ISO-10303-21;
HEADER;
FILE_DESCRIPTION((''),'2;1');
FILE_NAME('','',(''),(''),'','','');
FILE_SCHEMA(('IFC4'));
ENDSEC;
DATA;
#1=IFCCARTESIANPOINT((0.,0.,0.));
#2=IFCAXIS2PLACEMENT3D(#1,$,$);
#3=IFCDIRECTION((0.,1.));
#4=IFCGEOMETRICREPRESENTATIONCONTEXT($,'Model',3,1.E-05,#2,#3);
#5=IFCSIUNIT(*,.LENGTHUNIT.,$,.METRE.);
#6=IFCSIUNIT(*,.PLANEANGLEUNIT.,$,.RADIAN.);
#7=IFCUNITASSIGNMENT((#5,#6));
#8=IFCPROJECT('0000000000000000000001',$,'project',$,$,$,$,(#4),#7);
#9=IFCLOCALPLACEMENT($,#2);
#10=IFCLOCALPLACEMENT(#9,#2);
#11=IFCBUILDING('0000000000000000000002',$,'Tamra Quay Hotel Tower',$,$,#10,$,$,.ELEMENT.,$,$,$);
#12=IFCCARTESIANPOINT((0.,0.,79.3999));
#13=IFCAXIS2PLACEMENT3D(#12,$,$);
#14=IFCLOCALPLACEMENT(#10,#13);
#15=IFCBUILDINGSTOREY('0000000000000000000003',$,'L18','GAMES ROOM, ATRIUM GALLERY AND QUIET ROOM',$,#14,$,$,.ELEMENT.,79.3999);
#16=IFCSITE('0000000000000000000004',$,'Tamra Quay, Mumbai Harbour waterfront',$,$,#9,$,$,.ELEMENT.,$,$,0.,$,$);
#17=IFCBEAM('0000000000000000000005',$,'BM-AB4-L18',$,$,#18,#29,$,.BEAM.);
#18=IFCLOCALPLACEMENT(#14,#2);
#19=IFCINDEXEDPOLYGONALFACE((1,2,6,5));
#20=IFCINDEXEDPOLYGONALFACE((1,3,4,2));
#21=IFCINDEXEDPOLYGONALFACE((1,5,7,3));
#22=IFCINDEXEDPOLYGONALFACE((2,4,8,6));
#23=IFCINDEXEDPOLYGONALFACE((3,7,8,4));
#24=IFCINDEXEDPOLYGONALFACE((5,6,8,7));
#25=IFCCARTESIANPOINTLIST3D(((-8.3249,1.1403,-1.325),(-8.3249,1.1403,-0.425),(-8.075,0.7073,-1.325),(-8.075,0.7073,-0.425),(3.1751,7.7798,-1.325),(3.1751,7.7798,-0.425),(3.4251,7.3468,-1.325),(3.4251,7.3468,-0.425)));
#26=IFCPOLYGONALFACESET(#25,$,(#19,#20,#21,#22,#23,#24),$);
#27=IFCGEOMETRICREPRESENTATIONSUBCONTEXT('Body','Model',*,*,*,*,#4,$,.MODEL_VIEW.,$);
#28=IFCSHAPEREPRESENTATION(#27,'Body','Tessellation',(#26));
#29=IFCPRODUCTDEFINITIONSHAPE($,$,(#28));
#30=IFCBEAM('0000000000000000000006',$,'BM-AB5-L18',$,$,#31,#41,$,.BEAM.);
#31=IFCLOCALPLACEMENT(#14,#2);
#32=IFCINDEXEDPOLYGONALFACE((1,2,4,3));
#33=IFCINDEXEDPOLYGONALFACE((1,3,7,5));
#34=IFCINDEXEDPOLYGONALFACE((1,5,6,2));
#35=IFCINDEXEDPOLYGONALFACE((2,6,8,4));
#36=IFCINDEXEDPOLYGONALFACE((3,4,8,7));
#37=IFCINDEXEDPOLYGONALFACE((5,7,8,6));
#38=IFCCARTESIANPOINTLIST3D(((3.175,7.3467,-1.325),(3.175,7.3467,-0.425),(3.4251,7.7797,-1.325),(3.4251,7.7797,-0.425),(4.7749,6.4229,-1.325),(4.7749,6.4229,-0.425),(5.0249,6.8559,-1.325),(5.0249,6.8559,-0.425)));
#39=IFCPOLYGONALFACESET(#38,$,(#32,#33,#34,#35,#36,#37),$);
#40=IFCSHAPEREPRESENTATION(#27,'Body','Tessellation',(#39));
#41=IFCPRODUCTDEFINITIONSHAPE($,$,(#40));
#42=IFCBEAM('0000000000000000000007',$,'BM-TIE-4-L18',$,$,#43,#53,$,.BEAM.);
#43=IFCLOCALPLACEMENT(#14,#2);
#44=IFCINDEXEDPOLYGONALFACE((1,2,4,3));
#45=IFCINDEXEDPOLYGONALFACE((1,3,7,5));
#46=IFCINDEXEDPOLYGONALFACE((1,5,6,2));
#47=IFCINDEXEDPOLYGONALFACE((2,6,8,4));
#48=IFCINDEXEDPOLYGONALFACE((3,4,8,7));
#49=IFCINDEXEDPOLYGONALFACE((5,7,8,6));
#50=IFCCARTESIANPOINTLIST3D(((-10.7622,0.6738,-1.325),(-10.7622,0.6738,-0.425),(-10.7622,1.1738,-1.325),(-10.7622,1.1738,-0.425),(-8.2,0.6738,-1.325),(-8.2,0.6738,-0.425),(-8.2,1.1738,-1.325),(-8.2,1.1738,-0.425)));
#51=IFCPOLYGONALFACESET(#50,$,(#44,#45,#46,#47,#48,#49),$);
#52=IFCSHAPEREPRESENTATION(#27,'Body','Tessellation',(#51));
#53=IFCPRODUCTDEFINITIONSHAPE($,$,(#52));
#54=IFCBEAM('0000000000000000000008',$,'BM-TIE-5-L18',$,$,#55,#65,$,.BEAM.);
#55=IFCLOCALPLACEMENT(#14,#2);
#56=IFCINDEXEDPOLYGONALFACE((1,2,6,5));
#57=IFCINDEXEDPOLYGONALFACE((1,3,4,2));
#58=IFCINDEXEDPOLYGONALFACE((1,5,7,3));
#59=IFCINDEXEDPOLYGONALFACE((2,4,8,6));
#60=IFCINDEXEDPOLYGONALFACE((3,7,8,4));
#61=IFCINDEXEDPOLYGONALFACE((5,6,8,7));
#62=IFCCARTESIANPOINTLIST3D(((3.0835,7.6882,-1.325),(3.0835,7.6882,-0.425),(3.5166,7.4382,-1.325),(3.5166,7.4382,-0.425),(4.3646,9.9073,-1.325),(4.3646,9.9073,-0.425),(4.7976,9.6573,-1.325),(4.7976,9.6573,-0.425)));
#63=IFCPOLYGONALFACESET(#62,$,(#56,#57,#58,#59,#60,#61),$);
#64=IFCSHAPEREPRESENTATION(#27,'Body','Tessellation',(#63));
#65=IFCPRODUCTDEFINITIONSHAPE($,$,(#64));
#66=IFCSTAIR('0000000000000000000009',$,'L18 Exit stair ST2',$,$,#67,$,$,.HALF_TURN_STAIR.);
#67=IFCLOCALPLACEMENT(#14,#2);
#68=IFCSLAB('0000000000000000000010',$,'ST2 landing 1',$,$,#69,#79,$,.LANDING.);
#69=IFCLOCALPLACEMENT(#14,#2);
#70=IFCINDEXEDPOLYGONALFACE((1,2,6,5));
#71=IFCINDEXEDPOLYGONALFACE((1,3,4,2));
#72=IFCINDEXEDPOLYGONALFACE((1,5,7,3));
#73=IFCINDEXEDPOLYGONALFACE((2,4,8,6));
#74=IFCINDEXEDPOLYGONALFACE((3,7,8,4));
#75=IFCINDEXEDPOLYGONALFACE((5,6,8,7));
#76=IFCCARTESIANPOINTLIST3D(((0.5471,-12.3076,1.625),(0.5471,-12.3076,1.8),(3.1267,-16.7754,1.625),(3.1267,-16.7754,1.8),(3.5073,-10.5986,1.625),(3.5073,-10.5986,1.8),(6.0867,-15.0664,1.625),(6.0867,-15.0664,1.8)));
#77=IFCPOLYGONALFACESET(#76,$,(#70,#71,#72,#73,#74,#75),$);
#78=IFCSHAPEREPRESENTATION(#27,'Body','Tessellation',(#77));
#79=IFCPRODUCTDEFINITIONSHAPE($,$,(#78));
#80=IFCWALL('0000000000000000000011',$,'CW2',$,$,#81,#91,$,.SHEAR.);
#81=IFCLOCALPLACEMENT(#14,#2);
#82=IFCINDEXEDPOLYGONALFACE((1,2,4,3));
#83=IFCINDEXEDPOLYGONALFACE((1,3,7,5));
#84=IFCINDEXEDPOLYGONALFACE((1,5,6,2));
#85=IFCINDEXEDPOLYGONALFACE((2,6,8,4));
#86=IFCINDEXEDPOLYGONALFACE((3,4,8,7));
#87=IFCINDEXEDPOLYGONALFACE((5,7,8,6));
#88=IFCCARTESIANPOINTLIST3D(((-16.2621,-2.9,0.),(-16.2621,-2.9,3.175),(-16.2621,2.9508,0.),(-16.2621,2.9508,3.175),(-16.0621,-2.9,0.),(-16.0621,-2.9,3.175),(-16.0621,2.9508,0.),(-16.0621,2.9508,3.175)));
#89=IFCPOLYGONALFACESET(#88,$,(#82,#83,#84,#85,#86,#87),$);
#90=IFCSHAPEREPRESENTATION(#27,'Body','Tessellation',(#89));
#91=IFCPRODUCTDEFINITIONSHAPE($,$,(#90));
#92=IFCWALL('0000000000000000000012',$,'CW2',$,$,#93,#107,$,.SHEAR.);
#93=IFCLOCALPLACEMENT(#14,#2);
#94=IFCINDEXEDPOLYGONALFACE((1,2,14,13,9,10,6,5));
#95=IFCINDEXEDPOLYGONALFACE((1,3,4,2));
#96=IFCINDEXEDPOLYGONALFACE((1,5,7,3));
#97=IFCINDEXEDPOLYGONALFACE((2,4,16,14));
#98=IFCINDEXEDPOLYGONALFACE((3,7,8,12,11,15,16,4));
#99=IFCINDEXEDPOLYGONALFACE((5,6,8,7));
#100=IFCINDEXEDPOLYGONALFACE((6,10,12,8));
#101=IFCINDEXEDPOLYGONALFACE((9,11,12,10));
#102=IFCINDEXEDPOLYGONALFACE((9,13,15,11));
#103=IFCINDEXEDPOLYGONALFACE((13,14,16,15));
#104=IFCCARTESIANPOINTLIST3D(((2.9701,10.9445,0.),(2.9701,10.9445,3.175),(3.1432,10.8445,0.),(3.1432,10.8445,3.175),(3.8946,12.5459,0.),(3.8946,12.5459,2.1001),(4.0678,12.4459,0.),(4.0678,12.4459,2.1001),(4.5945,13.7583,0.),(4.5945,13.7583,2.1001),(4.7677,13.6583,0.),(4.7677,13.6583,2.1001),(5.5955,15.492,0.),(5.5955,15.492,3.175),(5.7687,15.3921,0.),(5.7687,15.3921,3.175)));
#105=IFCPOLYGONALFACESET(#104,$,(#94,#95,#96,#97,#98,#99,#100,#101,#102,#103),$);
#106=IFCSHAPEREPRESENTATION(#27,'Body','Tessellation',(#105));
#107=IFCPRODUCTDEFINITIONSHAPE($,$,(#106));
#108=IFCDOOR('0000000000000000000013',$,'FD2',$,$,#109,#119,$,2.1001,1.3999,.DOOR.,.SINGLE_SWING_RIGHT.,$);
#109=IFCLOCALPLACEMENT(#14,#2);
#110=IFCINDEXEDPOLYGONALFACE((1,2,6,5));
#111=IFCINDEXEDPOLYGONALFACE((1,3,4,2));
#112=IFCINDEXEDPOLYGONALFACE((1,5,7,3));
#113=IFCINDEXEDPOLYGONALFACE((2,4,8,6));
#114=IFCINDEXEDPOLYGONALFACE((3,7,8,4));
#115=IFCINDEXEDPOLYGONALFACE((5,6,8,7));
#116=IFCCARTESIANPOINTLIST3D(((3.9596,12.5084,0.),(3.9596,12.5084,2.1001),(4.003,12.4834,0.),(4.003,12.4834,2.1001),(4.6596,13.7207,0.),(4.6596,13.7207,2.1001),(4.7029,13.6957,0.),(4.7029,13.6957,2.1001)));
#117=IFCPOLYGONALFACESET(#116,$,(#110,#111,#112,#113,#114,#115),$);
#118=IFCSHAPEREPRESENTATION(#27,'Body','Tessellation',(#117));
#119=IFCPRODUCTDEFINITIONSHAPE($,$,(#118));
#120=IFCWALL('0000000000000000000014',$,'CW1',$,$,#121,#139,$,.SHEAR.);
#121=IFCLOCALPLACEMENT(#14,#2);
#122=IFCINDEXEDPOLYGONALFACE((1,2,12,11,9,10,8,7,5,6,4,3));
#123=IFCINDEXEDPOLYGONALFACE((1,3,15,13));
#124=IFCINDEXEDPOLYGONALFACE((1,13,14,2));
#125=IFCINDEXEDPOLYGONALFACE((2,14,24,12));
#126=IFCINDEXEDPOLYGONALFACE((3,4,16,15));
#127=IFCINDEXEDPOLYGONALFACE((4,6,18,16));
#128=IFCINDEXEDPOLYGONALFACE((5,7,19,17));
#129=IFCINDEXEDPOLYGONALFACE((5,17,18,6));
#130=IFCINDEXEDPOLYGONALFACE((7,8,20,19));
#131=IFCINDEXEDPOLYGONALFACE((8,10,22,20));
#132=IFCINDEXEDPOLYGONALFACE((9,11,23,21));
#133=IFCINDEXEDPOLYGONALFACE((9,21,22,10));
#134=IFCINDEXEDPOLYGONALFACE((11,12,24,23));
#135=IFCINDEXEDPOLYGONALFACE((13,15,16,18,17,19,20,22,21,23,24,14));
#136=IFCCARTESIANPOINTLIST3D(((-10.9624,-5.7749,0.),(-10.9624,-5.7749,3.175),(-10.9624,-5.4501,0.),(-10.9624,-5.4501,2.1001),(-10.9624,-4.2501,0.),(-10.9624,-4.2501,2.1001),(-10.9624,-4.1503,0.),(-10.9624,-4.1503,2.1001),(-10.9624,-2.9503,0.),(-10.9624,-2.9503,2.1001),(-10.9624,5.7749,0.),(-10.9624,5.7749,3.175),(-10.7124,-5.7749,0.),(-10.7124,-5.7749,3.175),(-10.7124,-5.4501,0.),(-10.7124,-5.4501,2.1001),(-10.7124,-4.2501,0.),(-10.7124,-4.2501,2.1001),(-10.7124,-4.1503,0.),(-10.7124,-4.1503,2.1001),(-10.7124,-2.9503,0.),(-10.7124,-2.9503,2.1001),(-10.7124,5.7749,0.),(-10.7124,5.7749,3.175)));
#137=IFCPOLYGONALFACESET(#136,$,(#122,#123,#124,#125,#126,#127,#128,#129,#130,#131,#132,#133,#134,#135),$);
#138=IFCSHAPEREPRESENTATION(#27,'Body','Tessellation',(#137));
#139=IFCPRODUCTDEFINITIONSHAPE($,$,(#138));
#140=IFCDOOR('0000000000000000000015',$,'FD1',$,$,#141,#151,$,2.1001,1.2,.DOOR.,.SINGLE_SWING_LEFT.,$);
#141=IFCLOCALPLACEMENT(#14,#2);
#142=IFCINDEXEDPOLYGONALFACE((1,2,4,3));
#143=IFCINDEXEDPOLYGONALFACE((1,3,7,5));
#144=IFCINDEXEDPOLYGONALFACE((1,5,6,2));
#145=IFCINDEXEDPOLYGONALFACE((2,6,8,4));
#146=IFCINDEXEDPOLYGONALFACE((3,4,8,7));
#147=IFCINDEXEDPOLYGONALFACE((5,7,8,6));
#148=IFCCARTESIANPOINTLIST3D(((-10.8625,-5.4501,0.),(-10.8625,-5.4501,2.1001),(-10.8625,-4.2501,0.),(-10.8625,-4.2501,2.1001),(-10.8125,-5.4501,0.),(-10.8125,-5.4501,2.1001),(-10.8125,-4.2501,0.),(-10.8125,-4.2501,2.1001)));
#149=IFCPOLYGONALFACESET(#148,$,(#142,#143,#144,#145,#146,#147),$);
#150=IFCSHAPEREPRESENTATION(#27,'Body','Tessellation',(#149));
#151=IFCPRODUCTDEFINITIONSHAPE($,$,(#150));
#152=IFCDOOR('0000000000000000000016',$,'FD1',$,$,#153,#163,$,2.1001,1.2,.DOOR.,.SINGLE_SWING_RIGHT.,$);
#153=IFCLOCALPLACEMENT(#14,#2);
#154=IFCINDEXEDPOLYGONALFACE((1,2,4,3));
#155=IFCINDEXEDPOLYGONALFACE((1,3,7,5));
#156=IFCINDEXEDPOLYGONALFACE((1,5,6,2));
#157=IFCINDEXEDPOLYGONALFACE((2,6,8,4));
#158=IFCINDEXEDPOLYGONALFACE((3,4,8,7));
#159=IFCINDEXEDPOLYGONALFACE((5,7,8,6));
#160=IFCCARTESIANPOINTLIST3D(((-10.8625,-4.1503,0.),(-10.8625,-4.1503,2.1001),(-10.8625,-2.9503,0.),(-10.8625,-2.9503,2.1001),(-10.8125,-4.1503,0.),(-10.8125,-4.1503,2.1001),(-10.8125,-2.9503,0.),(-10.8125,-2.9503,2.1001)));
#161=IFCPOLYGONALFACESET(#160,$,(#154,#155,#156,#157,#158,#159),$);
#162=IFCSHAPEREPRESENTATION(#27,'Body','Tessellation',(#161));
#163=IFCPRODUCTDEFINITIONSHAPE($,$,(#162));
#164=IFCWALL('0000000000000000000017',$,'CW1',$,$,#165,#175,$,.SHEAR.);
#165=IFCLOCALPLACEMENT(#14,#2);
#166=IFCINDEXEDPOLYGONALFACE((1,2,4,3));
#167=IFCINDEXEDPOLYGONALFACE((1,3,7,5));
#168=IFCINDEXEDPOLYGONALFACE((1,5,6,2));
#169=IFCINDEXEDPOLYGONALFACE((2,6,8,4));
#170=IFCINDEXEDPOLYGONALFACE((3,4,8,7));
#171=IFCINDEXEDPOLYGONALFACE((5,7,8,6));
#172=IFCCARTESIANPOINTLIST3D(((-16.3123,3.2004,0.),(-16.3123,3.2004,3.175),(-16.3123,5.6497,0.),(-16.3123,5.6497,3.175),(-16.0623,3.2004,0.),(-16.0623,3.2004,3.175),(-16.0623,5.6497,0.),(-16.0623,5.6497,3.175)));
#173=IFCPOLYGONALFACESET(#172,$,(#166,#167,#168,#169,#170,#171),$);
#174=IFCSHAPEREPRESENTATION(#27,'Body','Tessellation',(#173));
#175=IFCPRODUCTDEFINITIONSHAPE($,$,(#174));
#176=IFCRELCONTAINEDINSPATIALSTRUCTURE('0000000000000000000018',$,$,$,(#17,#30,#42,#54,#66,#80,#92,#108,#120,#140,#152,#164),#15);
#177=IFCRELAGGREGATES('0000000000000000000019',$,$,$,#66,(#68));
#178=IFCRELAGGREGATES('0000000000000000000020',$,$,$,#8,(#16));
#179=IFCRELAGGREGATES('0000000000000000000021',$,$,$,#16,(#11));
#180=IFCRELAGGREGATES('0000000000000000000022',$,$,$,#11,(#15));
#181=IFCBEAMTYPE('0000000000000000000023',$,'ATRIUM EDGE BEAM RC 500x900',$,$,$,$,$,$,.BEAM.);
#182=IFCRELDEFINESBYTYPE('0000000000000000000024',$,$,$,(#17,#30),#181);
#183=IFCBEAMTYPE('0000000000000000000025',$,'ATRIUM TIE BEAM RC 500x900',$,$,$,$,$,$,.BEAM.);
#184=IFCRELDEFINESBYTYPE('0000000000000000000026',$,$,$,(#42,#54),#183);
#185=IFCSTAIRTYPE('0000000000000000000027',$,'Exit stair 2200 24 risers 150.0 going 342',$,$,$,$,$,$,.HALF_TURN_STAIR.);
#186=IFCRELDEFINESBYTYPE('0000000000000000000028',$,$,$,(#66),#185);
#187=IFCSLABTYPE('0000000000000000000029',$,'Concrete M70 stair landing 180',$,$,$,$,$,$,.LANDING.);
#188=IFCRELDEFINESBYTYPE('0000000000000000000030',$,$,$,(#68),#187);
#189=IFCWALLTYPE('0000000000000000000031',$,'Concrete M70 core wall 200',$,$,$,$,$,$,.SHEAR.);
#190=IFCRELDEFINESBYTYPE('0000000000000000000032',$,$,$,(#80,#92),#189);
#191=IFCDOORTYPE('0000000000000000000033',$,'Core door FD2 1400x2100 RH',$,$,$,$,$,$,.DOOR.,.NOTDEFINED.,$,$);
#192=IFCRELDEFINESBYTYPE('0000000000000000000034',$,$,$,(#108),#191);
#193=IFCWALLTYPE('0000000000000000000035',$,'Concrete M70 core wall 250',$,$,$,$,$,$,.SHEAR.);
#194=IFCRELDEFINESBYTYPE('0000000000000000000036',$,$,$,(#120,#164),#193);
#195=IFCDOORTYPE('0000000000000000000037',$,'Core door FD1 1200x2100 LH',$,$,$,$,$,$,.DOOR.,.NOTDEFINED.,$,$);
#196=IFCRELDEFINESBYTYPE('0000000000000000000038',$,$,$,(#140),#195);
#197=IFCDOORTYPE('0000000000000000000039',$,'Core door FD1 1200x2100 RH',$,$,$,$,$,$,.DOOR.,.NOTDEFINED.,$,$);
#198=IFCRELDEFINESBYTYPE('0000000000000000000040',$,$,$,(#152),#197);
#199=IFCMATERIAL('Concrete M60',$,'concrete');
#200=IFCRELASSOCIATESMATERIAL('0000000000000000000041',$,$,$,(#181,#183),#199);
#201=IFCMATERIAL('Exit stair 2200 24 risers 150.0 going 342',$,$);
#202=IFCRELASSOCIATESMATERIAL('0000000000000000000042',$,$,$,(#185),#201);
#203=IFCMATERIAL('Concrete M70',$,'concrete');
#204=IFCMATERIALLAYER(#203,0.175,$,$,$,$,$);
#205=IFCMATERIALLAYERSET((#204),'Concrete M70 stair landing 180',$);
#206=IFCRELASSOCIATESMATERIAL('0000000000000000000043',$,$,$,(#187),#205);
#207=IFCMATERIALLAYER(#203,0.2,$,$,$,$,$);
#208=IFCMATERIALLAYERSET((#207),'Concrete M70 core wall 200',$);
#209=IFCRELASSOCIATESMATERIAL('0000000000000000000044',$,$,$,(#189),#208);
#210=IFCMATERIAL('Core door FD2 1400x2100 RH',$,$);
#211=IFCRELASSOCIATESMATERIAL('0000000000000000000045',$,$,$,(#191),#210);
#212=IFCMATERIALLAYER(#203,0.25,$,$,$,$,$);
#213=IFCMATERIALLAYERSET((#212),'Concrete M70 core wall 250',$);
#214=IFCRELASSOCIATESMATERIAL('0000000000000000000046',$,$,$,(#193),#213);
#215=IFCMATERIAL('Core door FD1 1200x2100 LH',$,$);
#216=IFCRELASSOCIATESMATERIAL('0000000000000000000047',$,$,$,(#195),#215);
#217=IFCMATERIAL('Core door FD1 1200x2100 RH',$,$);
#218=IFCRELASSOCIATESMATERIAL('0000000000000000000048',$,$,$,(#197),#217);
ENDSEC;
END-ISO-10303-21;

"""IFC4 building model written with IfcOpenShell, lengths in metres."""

from ifc_helpers import new_model, si_unit, direction, frame, frame_2d, origin, origin_2d, place, context, subcontext, project, spatial, polyline, rectangle, outline, extrude, material, layer, layer_set, material_profile, profile_set, type_object, element, fill, aggregate, save


model = new_model("IFC4")

# Units and contexts
model_context = context("Model", 3, precision=1e-05, world=origin(), true_north=direction((0.0, 1.0)))
body_context = subcontext(model_context, "Body", "Model", "MODEL_VIEW")
ifc_project = project(units=[si_unit("LENGTHUNIT", "METRE"), si_unit("PLANEANGLEUNIT", "RADIAN")], contexts=[model_context])

# Site, building, storey
site_placement = place(None, origin())
site = spatial("IfcSite", under=ifc_project, at=site_placement, Name="Tamra Quay, Mumbai Harbour waterfront", CompositionType="ELEMENT", RefElevation=0.0)
building_placement = place(site_placement, origin())
building = spatial("IfcBuilding", under=site, at=building_placement, Name="Tamra Quay Hotel Tower", CompositionType="ELEMENT")
storey_placement = place(building_placement, frame((0.0, 0.0, 79.3999)))
storey = spatial("IfcBuildingStorey", under=building, at=storey_placement, Name="L18", Description="GAMES ROOM, ATRIUM GALLERY AND QUIET ROOM", CompositionType="ELEMENT", Elevation=79.3999)

# Beams
ifc_material_1 = material(Name="Concrete M60", Category="concrete")
ifc_material_profile_1 = material_profile(ifc_material_1, rectangle(XDim=0.5, YDim=0.8999, at=origin_2d()), Name="ATRIUM EDGE BEAM RC 500x900")
ifc_profile_set_1 = profile_set([ifc_material_profile_1], Name="Concrete M60")
beam_type_1 = type_object("IfcBeamType", Name="ATRIUM EDGE BEAM RC 500x900", PredefinedType="BEAM", material=ifc_profile_set_1)
beam_1_placement = place(storey_placement, frame((-8.2, 0.9238, -0.875), z_axis=(0.866029, 0.499993, 0.0), x_axis=(-0.499993, 0.866029, 0.0)))
element("IfcBeam", 1, at=beam_1_placement, inside=storey, type_object=beam_type_1, Name="BM-AB4-L18", PredefinedType="BEAM", context=body_context, shape_type="SweptSolid", body=[
    extrude(rectangle(XDim=0.5, YDim=0.8999, at=origin_2d()), origin(), (0.0, 0.0, 1.0), 13.2791),
])
beam_2_placement = place(storey_placement, frame((3.3, 7.5632, -0.875), z_axis=(0.86599, -0.500062, 0.0), x_axis=(0.500062, 0.86599, 0.0)))
element("IfcBeam", 2, at=beam_2_placement, inside=storey, type_object=beam_type_1, Name="BM-AB5-L18", PredefinedType="BEAM", context=body_context, shape_type="SweptSolid", body=[
    extrude(rectangle(XDim=0.5, YDim=0.8999, at=origin_2d()), origin(), (0.0, 0.0, 1.0), 1.8474),
])
ifc_material_profile_2 = material_profile(ifc_material_1, rectangle(XDim=0.5, YDim=0.8999, at=origin_2d()), Name="ATRIUM TIE BEAM RC 500x900")
ifc_profile_set_2 = profile_set([ifc_material_profile_2], Name="Concrete M60")
beam_type_2 = type_object("IfcBeamType", Name="ATRIUM TIE BEAM RC 500x900", PredefinedType="BEAM", material=ifc_profile_set_2)
for number, where, z_axis, x_axis, name in (
    (3, (-8.2, 0.9238, -0.875), (-1.0, 0.0, 0.0), (0.0, -1.0, 0.0), "BM-TIE-4-L18"),
    (4, (3.3, 7.5632, -0.875), (0.499962, 0.866048, 0.0), (-0.866048, 0.499962, 0.0), "BM-TIE-5-L18"),
):
    element("IfcBeam", number, at=place(storey_placement, frame(where, z_axis=z_axis, x_axis=x_axis)), inside=storey, type_object=beam_type_2, Name=name, PredefinedType="BEAM", context=body_context, shape_type="SweptSolid", body=[
        extrude(rectangle(XDim=0.5, YDim=0.8999, at=origin_2d()), origin(), (0.0, 0.0, 1.0), 2.5623),
    ])

# Stair, slab
ifc_material_2 = material(Name="Exit stair 2200 24 risers 150.0 going 342")
stair_type = type_object("IfcStairType", Name="Exit stair 2200 24 risers 150.0 going 342", PredefinedType="HALF_TURN_STAIR", material=ifc_material_2)
stair_1_placement = place(storey_placement, origin())
stair_1 = element("IfcStair", 5, at=stair_1_placement, inside=storey, type_object=stair_type, Name="L18 Exit stair ST2", PredefinedType="HALF_TURN_STAIR")
ifc_material_3 = material(Name="Concrete M70", Category="concrete")
ifc_layer_1 = layer(ifc_material_3, 0.175)
ifc_layer_set_1 = layer_set([ifc_layer_1], Name="Concrete M70 stair landing 180")
slab_type = type_object("IfcSlabType", Name="Concrete M70 stair landing 180", PredefinedType="LANDING", material=ifc_layer_set_1)
slab_placement = place(storey_placement, frame((0.0, 0.0, 1.625)))
slab = element("IfcSlab", 6, at=slab_placement, type_object=slab_type, Name="ST2 landing 1", PredefinedType="LANDING", context=body_context, shape_type="SweptSolid", body=[
    extrude(outline(polyline([(3.5073, -10.5986), (0.5471, -12.3076), (3.1267, -16.7754), (6.0867, -15.0664), (3.5073, -10.5986)])), origin(), (0.0, 0.0, 1.0), 0.175),
])
aggregate(stair_1, [slab])

# Wall
ifc_layer_2 = layer(ifc_material_3, 0.2)
ifc_layer_set_2 = layer_set([ifc_layer_2], Name="Concrete M70 core wall 200")
wall_type_1 = type_object("IfcWallType", Name="Concrete M70 core wall 200", PredefinedType="SHEAR", material=ifc_layer_set_2)
wall_1_placement = place(storey_placement, frame((-16.1621, 2.9507, 0.0), z_axis=(0.0, 0.0, 1.0), x_axis=(0.0, -1.0, 0.0)))
element("IfcWall", 7, at=wall_1_placement, inside=storey, type_object=wall_type_1, Name="CW2", PredefinedType="SHEAR", context=body_context, shape_type="SweptSolid", body=[
    extrude(rectangle(XDim=5.8508, YDim=0.2, at=frame_2d((2.9253, 0.0))), origin(), (0.0, 0.0, 1.0), 3.175),
])

# Wall, opening, door
wall_2_placement = place(storey_placement, frame((3.0566, 10.8945, 0.0), z_axis=(0.0, 0.0, 1.0), x_axis=(0.499989, 0.866032, 0.0)))
wall_2 = element("IfcWall", 8, at=wall_2_placement, inside=storey, type_object=wall_type_1, Name="CW2", PredefinedType="SHEAR", context=body_context, shape_type="SweptSolid", body=[
    extrude(rectangle(XDim=5.251, YDim=0.2, at=frame_2d((2.6255, 0.0))), origin(), (0.0, 0.0, 1.0), 3.175),
])
opening_1_placement = place(wall_2_placement, frame((1.8491, 0.0, 0.0)))
opening_1 = element("IfcOpeningElement", 9, at=opening_1_placement, cuts=wall_2, PredefinedType="OPENING", context=body_context, shape_type="SweptSolid", body=[
    extrude(rectangle(XDim=1.3999, YDim=2.1001, at=frame_2d((0.7, 1.05))), frame((0.0, 0.1099, 0.0), z_axis=(0.0, -1.0, 0.0), x_axis=(1.0, 0.0, 0.0)), (0.0, 0.0, 1.0), 0.22),
])
ifc_material_4 = material(Name="Core door FD2 1400x2100 RH")
door_type_1 = type_object("IfcDoorType", Name="Core door FD2 1400x2100 RH", OperationType="NOTDEFINED", PredefinedType="DOOR", material=ifc_material_4)
door_1_placement = place(opening_1_placement, origin())
door_1 = element("IfcDoor", 10, at=door_1_placement, inside=storey, type_object=door_type_1, Name="FD2", OperationType="SINGLE_SWING_RIGHT", OverallHeight=2.1001, OverallWidth=1.3999, PredefinedType="DOOR", context=body_context, shape_type="SweptSolid", body=[
    extrude(rectangle(XDim=1.3999, YDim=2.1001, at=frame_2d((0.7, 1.05))), frame((0.0, 0.0249, 0.0), z_axis=(0.0, -1.0, 0.0), x_axis=(1.0, 0.0, 0.0)), (0.0, 0.0, 1.0), 0.05),
])
fill(opening_1, door_1)

# Wall, openings, doors
ifc_layer_3 = layer(ifc_material_3, 0.25)
ifc_layer_set_3 = layer_set([ifc_layer_3], Name="Concrete M70 core wall 250")
wall_type_2 = type_object("IfcWallType", Name="Concrete M70 core wall 250", PredefinedType="SHEAR", material=ifc_layer_set_3)
wall_3_placement = place(storey_placement, frame((-10.8374, 5.7749, 0.0), z_axis=(0.0, 0.0, 1.0), x_axis=(0.0, -1.0, 0.0)))
wall_3 = element("IfcWall", 11, at=wall_3_placement, inside=storey, type_object=wall_type_2, Name="CW1", PredefinedType="SHEAR", context=body_context, shape_type="SweptSolid", body=[
    extrude(rectangle(XDim=11.5498, YDim=0.25, at=frame_2d((5.7749, 0.0))), origin(), (0.0, 0.0, 1.0), 3.175),
])
opening_2_placement = place(wall_3_placement, frame((10.0249, 0.0, 0.0)))
opening_2 = element("IfcOpeningElement", 12, at=opening_2_placement, cuts=wall_3, PredefinedType="OPENING", context=body_context, shape_type="SweptSolid", body=[
    extrude(rectangle(XDim=1.2, YDim=2.1001, at=frame_2d((0.6001, 1.05))), frame((0.0, 0.135, 0.0), z_axis=(0.0, -1.0, 0.0), x_axis=(1.0, 0.0, 0.0)), (0.0, 0.0, 1.0), 0.27),
])
opening_3_placement = place(wall_3_placement, frame((8.7251, 0.0, 0.0)))
opening_3 = element("IfcOpeningElement", 13, at=opening_3_placement, cuts=wall_3, PredefinedType="OPENING", context=body_context, shape_type="SweptSolid", body=[
    extrude(rectangle(XDim=1.2, YDim=2.1001, at=frame_2d((0.6001, 1.05))), frame((0.0, 0.135, 0.0), z_axis=(0.0, -1.0, 0.0), x_axis=(1.0, 0.0, 0.0)), (0.0, 0.0, 1.0), 0.27),
])
ifc_material_5 = material(Name="Core door FD1 1200x2100 LH")
door_type_2 = type_object("IfcDoorType", Name="Core door FD1 1200x2100 LH", OperationType="NOTDEFINED", PredefinedType="DOOR", material=ifc_material_5)
door_2_placement = place(opening_2_placement, origin())
door_2 = element("IfcDoor", 14, at=door_2_placement, inside=storey, type_object=door_type_2, Name="FD1", OperationType="SINGLE_SWING_LEFT", OverallHeight=2.1001, OverallWidth=1.2, PredefinedType="DOOR", context=body_context, shape_type="SweptSolid", body=[
    extrude(rectangle(XDim=1.2, YDim=2.1001, at=frame_2d((0.6001, 1.05))), frame((0.0, 0.0249, 0.0), z_axis=(0.0, -1.0, 0.0), x_axis=(1.0, 0.0, 0.0)), (0.0, 0.0, 1.0), 0.05),
])
fill(opening_2, door_2)
ifc_material_6 = material(Name="Core door FD1 1200x2100 RH")
door_type_3 = type_object("IfcDoorType", Name="Core door FD1 1200x2100 RH", OperationType="NOTDEFINED", PredefinedType="DOOR", material=ifc_material_6)
door_3_placement = place(opening_3_placement, origin())
door_3 = element("IfcDoor", 15, at=door_3_placement, inside=storey, type_object=door_type_3, Name="FD1", OperationType="SINGLE_SWING_RIGHT", OverallHeight=2.1001, OverallWidth=1.2, PredefinedType="DOOR", context=body_context, shape_type="SweptSolid", body=[
    extrude(rectangle(XDim=1.2, YDim=2.1001, at=frame_2d((0.6001, 1.05))), frame((0.0, 0.0249, 0.0), z_axis=(0.0, -1.0, 0.0), x_axis=(1.0, 0.0, 0.0)), (0.0, 0.0, 1.0), 0.05),
])
fill(opening_3, door_3)

# Wall
wall_4_placement = place(storey_placement, frame((-16.1873, 3.2004, 0.0), z_axis=(0.0, 0.0, 1.0), x_axis=(0.0, 1.0, 0.0)))
element("IfcWall", 16, at=wall_4_placement, inside=storey, type_object=wall_type_2, Name="CW1", PredefinedType="SHEAR", context=body_context, shape_type="SweptSolid", body=[
    extrude(rectangle(XDim=2.4492, YDim=0.25, at=frame_2d((1.2246, 0.0))), origin(), (0.0, 0.0, 1.0), 3.175),
])

save(model, "model.ifc")
